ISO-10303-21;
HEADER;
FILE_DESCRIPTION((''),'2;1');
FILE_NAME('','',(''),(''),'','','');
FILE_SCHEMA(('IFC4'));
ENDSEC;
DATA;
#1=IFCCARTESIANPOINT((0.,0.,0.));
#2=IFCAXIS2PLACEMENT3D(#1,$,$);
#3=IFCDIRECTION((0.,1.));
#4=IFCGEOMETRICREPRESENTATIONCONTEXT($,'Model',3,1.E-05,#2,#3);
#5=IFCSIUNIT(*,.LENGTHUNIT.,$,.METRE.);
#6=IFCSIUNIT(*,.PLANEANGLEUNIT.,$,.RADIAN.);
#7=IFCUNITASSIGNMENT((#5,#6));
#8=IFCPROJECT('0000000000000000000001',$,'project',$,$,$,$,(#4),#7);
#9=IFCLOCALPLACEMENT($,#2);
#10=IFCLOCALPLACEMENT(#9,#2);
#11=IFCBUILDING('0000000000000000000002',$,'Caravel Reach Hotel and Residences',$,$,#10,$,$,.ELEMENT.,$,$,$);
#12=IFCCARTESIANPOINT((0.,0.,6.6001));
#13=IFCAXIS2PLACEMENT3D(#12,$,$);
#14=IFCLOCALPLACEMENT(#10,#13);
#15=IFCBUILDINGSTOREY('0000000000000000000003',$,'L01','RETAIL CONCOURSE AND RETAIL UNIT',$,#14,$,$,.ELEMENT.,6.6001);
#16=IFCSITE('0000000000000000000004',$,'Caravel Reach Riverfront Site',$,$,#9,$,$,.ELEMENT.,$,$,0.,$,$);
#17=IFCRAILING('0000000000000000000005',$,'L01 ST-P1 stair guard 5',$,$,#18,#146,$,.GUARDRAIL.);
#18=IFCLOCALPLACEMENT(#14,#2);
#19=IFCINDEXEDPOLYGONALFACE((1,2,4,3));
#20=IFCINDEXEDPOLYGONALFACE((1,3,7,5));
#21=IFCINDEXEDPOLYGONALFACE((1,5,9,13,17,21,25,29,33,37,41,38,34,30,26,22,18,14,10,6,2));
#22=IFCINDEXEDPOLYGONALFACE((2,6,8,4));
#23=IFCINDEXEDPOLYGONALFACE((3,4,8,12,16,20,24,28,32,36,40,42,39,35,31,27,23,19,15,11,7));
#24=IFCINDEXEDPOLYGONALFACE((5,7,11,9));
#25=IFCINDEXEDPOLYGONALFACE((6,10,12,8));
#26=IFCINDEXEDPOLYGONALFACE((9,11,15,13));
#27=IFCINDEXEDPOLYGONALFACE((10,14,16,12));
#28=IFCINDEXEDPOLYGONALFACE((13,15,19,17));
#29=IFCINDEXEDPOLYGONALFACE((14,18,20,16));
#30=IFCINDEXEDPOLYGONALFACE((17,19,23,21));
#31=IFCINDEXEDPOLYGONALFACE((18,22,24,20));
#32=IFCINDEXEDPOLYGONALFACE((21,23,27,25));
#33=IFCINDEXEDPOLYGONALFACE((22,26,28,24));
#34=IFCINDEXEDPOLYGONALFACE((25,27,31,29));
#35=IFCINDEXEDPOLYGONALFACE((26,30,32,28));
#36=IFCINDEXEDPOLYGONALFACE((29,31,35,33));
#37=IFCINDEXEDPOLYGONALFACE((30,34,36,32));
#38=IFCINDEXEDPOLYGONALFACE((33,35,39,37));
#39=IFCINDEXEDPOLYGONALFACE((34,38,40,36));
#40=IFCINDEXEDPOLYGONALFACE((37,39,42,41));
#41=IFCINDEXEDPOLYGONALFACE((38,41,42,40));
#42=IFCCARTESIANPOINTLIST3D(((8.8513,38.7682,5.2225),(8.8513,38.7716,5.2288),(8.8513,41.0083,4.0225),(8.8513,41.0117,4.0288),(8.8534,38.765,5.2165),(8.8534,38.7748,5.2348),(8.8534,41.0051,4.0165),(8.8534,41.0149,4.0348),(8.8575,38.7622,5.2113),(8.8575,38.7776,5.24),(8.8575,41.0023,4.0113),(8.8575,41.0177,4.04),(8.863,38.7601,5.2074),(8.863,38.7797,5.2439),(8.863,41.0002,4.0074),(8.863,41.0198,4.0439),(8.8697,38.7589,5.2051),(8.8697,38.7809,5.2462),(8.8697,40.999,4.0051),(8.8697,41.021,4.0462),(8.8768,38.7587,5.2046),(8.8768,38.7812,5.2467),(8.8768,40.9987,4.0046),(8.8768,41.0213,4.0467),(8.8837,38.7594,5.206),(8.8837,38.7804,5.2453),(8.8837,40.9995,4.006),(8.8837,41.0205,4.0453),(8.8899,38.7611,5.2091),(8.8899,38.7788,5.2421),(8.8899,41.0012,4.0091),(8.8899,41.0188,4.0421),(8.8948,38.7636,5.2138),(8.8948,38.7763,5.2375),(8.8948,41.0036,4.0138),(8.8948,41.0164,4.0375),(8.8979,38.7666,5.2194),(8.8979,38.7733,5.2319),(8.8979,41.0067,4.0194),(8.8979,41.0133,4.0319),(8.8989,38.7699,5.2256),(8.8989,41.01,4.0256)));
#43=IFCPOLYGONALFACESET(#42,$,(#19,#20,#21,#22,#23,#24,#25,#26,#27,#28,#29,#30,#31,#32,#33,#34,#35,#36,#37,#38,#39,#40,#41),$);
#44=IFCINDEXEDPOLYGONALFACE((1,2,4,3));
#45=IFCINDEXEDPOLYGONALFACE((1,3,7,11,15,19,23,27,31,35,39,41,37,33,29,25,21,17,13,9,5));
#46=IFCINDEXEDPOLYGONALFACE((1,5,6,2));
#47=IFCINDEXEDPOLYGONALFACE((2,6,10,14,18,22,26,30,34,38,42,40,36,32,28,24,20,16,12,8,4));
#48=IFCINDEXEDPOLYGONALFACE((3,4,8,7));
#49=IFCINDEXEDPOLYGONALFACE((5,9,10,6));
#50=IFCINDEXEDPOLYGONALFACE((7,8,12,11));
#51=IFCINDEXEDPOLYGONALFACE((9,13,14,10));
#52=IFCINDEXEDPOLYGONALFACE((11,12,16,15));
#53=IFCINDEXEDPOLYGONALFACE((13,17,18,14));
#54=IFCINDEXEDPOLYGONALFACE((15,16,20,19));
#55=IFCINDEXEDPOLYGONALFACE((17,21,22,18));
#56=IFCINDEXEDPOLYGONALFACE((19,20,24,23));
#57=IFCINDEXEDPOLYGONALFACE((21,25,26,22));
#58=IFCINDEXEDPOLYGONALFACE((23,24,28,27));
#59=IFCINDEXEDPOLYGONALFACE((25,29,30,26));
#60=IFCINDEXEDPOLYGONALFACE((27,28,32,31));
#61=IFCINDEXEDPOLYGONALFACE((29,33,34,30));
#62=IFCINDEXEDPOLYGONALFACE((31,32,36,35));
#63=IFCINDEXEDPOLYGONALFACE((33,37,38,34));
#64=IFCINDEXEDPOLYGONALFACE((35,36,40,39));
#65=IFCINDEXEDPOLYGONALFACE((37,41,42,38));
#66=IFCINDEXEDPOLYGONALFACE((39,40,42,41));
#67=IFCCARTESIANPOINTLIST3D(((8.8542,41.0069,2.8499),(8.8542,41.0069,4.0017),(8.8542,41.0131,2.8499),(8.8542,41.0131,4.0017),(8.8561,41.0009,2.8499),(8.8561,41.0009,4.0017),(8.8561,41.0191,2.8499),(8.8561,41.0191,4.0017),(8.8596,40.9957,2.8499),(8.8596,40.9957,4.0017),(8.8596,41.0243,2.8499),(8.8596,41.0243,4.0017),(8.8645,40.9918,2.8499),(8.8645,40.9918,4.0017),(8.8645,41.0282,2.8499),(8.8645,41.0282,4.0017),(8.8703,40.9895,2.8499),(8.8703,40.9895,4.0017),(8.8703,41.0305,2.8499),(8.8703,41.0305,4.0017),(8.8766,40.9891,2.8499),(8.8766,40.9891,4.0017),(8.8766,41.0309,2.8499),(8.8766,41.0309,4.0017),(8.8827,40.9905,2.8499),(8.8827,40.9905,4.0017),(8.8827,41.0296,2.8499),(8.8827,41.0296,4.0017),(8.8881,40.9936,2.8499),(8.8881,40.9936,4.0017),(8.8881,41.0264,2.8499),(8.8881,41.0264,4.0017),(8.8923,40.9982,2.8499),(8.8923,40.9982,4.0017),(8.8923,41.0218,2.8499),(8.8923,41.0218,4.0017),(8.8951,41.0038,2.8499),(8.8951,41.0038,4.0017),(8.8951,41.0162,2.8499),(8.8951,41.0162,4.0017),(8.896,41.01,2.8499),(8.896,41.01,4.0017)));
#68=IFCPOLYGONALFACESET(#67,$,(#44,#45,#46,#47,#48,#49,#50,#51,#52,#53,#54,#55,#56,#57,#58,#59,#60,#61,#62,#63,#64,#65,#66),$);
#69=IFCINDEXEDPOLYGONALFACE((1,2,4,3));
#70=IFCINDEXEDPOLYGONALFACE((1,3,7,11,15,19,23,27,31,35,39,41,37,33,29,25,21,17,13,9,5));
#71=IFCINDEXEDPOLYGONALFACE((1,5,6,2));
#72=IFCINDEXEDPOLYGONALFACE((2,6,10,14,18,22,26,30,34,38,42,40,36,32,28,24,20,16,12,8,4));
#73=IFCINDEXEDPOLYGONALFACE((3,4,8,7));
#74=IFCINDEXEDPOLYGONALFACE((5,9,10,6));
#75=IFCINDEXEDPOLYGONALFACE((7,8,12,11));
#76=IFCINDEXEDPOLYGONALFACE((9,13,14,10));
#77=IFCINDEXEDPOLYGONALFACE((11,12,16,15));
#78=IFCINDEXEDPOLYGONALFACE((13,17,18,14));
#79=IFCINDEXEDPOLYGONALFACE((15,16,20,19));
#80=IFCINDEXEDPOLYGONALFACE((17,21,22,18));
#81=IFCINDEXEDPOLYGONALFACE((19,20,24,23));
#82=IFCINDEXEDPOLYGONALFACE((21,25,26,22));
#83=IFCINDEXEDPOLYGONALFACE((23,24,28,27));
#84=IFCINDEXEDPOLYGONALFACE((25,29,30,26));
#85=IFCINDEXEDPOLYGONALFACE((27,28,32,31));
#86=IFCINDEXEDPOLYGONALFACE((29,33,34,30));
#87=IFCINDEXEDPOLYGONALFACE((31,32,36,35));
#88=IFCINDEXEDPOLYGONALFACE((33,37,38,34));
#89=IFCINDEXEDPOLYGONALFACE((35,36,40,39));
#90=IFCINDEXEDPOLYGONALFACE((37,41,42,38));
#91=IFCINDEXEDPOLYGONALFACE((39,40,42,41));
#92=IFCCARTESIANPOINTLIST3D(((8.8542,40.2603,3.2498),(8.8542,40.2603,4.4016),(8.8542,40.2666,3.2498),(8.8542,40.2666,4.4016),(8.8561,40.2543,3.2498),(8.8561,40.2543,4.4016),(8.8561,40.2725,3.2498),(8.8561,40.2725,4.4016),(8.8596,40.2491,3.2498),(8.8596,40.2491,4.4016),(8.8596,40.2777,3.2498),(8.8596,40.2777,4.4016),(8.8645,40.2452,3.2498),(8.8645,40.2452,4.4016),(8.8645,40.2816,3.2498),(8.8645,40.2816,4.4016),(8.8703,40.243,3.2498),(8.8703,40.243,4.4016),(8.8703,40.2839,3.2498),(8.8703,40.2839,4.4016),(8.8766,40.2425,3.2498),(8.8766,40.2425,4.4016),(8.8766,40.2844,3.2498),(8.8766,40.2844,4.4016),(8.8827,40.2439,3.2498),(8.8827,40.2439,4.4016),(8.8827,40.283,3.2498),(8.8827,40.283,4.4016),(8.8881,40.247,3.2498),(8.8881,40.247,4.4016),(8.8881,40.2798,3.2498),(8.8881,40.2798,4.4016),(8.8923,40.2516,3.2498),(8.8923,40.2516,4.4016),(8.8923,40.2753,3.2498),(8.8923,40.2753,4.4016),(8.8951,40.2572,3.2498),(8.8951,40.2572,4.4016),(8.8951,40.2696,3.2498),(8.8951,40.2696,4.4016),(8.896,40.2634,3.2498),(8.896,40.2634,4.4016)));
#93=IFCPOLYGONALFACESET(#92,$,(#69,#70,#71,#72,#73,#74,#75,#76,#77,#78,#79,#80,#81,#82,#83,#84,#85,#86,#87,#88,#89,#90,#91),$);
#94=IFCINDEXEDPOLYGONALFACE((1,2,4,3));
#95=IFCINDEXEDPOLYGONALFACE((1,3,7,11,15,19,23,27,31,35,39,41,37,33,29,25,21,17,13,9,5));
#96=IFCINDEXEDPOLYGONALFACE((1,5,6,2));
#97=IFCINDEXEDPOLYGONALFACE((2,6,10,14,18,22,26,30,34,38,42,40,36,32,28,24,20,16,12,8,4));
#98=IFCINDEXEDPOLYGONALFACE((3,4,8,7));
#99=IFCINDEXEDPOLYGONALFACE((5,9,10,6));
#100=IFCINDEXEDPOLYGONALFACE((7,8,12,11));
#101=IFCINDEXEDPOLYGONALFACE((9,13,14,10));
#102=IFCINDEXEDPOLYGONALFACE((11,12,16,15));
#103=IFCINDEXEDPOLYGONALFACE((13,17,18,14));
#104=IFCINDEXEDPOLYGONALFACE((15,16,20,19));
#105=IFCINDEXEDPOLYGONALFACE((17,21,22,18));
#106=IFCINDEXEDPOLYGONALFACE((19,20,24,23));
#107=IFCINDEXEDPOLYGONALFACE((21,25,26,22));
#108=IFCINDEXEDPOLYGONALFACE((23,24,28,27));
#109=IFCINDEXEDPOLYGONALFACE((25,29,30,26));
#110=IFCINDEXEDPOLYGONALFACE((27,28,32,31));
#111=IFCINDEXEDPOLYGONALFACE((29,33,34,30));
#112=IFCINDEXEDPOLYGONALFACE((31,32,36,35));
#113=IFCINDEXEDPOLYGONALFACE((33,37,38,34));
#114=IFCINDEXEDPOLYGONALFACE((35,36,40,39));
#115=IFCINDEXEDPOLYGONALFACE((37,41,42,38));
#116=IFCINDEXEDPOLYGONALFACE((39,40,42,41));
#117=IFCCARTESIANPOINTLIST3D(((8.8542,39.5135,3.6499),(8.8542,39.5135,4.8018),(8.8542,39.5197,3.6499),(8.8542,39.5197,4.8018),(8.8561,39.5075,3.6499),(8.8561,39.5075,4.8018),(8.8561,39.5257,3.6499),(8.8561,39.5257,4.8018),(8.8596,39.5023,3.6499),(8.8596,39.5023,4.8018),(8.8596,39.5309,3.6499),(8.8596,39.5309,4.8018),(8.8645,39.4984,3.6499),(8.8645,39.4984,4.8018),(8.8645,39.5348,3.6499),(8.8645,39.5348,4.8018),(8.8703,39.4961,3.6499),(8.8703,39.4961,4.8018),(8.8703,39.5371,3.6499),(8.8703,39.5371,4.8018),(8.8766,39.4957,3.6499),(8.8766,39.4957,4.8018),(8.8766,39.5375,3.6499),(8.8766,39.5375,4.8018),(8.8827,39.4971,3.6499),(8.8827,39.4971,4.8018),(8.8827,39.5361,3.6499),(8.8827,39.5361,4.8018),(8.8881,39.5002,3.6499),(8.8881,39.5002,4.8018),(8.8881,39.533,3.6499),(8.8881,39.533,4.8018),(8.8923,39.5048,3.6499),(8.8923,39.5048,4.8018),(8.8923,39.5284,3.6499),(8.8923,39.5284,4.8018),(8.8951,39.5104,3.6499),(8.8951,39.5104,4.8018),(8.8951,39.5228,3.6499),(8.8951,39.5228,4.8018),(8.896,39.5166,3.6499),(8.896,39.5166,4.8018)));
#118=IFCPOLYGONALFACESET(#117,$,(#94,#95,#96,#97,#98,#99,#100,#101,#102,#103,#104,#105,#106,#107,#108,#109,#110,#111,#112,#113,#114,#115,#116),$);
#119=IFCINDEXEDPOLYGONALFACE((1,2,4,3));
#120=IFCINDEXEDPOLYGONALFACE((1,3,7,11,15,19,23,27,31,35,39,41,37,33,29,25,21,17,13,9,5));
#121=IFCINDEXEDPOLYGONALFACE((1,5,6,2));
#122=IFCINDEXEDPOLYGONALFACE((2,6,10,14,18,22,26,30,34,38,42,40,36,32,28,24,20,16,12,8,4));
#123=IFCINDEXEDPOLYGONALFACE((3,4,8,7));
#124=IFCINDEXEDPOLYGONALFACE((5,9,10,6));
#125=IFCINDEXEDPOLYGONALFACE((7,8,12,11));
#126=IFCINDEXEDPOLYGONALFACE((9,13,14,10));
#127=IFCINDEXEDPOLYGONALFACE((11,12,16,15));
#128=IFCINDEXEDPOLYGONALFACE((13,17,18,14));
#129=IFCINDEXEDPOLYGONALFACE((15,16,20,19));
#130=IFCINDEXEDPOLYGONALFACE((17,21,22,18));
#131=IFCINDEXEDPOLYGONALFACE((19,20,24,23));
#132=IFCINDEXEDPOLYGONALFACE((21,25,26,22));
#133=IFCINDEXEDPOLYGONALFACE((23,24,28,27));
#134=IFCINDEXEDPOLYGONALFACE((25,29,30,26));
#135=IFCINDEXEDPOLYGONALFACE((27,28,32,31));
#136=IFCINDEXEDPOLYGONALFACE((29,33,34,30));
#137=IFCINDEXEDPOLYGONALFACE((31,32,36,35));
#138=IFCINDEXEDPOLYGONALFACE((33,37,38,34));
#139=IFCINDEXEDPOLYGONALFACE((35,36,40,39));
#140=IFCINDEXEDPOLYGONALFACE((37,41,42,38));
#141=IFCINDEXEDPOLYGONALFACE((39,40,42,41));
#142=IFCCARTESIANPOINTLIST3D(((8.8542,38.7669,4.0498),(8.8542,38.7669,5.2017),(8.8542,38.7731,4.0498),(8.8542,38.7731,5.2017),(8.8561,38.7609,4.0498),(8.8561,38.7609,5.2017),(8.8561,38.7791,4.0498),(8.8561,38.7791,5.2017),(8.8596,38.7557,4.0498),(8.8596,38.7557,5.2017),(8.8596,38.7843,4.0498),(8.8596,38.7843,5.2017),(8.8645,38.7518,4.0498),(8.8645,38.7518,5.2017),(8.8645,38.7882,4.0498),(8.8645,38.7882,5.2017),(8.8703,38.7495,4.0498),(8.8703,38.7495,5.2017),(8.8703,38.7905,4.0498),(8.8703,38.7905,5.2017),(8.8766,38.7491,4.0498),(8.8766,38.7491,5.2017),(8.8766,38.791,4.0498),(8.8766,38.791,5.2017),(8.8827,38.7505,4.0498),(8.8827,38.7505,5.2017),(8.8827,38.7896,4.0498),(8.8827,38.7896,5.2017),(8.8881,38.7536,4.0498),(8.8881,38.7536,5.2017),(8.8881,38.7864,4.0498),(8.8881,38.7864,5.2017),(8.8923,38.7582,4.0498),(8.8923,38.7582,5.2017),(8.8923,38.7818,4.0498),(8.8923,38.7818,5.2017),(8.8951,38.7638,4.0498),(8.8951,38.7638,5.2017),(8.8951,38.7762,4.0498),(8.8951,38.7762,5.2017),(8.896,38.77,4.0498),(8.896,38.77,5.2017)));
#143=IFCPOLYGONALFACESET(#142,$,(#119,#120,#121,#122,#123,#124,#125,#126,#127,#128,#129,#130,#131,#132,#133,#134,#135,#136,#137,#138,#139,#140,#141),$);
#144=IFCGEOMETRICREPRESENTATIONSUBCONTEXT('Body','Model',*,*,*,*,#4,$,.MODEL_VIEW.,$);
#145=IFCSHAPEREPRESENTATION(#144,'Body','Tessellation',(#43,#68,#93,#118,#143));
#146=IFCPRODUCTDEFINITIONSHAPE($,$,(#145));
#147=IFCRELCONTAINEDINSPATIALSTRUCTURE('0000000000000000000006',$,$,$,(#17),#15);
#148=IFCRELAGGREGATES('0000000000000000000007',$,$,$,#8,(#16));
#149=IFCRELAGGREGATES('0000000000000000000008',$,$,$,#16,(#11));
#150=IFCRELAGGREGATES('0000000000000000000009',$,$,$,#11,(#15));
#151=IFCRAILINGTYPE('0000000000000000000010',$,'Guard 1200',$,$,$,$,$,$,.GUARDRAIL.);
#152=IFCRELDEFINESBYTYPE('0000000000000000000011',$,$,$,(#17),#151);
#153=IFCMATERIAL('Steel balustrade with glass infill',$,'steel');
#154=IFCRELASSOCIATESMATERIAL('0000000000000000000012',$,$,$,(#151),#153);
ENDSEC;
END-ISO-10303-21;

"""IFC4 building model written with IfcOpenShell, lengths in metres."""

from ifc_helpers import new_model, si_unit, direction, frame, origin, origin_2d, place, context, subcontext, project, spatial, circle, extrude, material, type_object, element, save


model = new_model("IFC4")

# Units and contexts
model_context = context("Model", 3, precision=1e-05, world=origin(), true_north=direction((0.0, 1.0)))
body_context = subcontext(model_context, "Body", "Model", "MODEL_VIEW")
ifc_project = project(units=[si_unit("LENGTHUNIT", "METRE"), si_unit("PLANEANGLEUNIT", "RADIAN")], contexts=[model_context])

# Site, building, storey
site_placement = place(None, origin())
site = spatial("IfcSite", under=ifc_project, at=site_placement, Name="Caravel Reach Riverfront Site", CompositionType="ELEMENT", RefElevation=0.0)
building_placement = place(site_placement, origin())
building = spatial("IfcBuilding", under=site, at=building_placement, Name="Caravel Reach Hotel and Residences", CompositionType="ELEMENT")
storey_placement = place(building_placement, frame((0.0, 0.0, 6.6001)))
storey = spatial("IfcBuildingStorey", under=building, at=storey_placement, Name="L01", Description="RETAIL CONCOURSE AND RETAIL UNIT", CompositionType="ELEMENT", Elevation=6.6001)

# Railing
ifc_material_1 = material(Name="Steel balustrade with glass infill", Category="steel")
railing_type_1 = type_object("IfcRailingType", Name="Guard 1200", PredefinedType="GUARDRAIL", material=ifc_material_1)
railing_1_placement = place(storey_placement, frame((8.875, 41.01, 2.8499)))
element("IfcRailing", 1, at=railing_1_placement, inside=storey, type_object=railing_type_1, Name="L01 ST-P1 stair guard 5", PredefinedType="GUARDRAIL", context=body_context, shape_type="SweptSolid", body=[
    extrude(circle(Radius=0.0239, at=origin_2d()), frame((0.0, 0.0, 1.1758), z_axis=(0.0, -0.881487, 0.472208), x_axis=(1.0, 0.0, 0.0)), (0.0, 0.0, 1.0), 2.5413),
    extrude(circle(Radius=0.021, at=origin_2d()), origin(), (0.0, 0.0, 1.0), 1.1519),
    extrude(circle(Radius=0.021, at=origin_2d()), frame((0.0, -0.7466, 0.3999)), (0.0, 0.0, 1.0), 1.1519),
    extrude(circle(Radius=0.021, at=origin_2d()), frame((0.0, -1.4934, 0.8)), (0.0, 0.0, 1.0), 1.1519),
    extrude(circle(Radius=0.021, at=origin_2d()), frame((0.0, -2.24, 1.2)), (0.0, 0.0, 1.0), 1.1519),
])

save(model, "model.ifc")
